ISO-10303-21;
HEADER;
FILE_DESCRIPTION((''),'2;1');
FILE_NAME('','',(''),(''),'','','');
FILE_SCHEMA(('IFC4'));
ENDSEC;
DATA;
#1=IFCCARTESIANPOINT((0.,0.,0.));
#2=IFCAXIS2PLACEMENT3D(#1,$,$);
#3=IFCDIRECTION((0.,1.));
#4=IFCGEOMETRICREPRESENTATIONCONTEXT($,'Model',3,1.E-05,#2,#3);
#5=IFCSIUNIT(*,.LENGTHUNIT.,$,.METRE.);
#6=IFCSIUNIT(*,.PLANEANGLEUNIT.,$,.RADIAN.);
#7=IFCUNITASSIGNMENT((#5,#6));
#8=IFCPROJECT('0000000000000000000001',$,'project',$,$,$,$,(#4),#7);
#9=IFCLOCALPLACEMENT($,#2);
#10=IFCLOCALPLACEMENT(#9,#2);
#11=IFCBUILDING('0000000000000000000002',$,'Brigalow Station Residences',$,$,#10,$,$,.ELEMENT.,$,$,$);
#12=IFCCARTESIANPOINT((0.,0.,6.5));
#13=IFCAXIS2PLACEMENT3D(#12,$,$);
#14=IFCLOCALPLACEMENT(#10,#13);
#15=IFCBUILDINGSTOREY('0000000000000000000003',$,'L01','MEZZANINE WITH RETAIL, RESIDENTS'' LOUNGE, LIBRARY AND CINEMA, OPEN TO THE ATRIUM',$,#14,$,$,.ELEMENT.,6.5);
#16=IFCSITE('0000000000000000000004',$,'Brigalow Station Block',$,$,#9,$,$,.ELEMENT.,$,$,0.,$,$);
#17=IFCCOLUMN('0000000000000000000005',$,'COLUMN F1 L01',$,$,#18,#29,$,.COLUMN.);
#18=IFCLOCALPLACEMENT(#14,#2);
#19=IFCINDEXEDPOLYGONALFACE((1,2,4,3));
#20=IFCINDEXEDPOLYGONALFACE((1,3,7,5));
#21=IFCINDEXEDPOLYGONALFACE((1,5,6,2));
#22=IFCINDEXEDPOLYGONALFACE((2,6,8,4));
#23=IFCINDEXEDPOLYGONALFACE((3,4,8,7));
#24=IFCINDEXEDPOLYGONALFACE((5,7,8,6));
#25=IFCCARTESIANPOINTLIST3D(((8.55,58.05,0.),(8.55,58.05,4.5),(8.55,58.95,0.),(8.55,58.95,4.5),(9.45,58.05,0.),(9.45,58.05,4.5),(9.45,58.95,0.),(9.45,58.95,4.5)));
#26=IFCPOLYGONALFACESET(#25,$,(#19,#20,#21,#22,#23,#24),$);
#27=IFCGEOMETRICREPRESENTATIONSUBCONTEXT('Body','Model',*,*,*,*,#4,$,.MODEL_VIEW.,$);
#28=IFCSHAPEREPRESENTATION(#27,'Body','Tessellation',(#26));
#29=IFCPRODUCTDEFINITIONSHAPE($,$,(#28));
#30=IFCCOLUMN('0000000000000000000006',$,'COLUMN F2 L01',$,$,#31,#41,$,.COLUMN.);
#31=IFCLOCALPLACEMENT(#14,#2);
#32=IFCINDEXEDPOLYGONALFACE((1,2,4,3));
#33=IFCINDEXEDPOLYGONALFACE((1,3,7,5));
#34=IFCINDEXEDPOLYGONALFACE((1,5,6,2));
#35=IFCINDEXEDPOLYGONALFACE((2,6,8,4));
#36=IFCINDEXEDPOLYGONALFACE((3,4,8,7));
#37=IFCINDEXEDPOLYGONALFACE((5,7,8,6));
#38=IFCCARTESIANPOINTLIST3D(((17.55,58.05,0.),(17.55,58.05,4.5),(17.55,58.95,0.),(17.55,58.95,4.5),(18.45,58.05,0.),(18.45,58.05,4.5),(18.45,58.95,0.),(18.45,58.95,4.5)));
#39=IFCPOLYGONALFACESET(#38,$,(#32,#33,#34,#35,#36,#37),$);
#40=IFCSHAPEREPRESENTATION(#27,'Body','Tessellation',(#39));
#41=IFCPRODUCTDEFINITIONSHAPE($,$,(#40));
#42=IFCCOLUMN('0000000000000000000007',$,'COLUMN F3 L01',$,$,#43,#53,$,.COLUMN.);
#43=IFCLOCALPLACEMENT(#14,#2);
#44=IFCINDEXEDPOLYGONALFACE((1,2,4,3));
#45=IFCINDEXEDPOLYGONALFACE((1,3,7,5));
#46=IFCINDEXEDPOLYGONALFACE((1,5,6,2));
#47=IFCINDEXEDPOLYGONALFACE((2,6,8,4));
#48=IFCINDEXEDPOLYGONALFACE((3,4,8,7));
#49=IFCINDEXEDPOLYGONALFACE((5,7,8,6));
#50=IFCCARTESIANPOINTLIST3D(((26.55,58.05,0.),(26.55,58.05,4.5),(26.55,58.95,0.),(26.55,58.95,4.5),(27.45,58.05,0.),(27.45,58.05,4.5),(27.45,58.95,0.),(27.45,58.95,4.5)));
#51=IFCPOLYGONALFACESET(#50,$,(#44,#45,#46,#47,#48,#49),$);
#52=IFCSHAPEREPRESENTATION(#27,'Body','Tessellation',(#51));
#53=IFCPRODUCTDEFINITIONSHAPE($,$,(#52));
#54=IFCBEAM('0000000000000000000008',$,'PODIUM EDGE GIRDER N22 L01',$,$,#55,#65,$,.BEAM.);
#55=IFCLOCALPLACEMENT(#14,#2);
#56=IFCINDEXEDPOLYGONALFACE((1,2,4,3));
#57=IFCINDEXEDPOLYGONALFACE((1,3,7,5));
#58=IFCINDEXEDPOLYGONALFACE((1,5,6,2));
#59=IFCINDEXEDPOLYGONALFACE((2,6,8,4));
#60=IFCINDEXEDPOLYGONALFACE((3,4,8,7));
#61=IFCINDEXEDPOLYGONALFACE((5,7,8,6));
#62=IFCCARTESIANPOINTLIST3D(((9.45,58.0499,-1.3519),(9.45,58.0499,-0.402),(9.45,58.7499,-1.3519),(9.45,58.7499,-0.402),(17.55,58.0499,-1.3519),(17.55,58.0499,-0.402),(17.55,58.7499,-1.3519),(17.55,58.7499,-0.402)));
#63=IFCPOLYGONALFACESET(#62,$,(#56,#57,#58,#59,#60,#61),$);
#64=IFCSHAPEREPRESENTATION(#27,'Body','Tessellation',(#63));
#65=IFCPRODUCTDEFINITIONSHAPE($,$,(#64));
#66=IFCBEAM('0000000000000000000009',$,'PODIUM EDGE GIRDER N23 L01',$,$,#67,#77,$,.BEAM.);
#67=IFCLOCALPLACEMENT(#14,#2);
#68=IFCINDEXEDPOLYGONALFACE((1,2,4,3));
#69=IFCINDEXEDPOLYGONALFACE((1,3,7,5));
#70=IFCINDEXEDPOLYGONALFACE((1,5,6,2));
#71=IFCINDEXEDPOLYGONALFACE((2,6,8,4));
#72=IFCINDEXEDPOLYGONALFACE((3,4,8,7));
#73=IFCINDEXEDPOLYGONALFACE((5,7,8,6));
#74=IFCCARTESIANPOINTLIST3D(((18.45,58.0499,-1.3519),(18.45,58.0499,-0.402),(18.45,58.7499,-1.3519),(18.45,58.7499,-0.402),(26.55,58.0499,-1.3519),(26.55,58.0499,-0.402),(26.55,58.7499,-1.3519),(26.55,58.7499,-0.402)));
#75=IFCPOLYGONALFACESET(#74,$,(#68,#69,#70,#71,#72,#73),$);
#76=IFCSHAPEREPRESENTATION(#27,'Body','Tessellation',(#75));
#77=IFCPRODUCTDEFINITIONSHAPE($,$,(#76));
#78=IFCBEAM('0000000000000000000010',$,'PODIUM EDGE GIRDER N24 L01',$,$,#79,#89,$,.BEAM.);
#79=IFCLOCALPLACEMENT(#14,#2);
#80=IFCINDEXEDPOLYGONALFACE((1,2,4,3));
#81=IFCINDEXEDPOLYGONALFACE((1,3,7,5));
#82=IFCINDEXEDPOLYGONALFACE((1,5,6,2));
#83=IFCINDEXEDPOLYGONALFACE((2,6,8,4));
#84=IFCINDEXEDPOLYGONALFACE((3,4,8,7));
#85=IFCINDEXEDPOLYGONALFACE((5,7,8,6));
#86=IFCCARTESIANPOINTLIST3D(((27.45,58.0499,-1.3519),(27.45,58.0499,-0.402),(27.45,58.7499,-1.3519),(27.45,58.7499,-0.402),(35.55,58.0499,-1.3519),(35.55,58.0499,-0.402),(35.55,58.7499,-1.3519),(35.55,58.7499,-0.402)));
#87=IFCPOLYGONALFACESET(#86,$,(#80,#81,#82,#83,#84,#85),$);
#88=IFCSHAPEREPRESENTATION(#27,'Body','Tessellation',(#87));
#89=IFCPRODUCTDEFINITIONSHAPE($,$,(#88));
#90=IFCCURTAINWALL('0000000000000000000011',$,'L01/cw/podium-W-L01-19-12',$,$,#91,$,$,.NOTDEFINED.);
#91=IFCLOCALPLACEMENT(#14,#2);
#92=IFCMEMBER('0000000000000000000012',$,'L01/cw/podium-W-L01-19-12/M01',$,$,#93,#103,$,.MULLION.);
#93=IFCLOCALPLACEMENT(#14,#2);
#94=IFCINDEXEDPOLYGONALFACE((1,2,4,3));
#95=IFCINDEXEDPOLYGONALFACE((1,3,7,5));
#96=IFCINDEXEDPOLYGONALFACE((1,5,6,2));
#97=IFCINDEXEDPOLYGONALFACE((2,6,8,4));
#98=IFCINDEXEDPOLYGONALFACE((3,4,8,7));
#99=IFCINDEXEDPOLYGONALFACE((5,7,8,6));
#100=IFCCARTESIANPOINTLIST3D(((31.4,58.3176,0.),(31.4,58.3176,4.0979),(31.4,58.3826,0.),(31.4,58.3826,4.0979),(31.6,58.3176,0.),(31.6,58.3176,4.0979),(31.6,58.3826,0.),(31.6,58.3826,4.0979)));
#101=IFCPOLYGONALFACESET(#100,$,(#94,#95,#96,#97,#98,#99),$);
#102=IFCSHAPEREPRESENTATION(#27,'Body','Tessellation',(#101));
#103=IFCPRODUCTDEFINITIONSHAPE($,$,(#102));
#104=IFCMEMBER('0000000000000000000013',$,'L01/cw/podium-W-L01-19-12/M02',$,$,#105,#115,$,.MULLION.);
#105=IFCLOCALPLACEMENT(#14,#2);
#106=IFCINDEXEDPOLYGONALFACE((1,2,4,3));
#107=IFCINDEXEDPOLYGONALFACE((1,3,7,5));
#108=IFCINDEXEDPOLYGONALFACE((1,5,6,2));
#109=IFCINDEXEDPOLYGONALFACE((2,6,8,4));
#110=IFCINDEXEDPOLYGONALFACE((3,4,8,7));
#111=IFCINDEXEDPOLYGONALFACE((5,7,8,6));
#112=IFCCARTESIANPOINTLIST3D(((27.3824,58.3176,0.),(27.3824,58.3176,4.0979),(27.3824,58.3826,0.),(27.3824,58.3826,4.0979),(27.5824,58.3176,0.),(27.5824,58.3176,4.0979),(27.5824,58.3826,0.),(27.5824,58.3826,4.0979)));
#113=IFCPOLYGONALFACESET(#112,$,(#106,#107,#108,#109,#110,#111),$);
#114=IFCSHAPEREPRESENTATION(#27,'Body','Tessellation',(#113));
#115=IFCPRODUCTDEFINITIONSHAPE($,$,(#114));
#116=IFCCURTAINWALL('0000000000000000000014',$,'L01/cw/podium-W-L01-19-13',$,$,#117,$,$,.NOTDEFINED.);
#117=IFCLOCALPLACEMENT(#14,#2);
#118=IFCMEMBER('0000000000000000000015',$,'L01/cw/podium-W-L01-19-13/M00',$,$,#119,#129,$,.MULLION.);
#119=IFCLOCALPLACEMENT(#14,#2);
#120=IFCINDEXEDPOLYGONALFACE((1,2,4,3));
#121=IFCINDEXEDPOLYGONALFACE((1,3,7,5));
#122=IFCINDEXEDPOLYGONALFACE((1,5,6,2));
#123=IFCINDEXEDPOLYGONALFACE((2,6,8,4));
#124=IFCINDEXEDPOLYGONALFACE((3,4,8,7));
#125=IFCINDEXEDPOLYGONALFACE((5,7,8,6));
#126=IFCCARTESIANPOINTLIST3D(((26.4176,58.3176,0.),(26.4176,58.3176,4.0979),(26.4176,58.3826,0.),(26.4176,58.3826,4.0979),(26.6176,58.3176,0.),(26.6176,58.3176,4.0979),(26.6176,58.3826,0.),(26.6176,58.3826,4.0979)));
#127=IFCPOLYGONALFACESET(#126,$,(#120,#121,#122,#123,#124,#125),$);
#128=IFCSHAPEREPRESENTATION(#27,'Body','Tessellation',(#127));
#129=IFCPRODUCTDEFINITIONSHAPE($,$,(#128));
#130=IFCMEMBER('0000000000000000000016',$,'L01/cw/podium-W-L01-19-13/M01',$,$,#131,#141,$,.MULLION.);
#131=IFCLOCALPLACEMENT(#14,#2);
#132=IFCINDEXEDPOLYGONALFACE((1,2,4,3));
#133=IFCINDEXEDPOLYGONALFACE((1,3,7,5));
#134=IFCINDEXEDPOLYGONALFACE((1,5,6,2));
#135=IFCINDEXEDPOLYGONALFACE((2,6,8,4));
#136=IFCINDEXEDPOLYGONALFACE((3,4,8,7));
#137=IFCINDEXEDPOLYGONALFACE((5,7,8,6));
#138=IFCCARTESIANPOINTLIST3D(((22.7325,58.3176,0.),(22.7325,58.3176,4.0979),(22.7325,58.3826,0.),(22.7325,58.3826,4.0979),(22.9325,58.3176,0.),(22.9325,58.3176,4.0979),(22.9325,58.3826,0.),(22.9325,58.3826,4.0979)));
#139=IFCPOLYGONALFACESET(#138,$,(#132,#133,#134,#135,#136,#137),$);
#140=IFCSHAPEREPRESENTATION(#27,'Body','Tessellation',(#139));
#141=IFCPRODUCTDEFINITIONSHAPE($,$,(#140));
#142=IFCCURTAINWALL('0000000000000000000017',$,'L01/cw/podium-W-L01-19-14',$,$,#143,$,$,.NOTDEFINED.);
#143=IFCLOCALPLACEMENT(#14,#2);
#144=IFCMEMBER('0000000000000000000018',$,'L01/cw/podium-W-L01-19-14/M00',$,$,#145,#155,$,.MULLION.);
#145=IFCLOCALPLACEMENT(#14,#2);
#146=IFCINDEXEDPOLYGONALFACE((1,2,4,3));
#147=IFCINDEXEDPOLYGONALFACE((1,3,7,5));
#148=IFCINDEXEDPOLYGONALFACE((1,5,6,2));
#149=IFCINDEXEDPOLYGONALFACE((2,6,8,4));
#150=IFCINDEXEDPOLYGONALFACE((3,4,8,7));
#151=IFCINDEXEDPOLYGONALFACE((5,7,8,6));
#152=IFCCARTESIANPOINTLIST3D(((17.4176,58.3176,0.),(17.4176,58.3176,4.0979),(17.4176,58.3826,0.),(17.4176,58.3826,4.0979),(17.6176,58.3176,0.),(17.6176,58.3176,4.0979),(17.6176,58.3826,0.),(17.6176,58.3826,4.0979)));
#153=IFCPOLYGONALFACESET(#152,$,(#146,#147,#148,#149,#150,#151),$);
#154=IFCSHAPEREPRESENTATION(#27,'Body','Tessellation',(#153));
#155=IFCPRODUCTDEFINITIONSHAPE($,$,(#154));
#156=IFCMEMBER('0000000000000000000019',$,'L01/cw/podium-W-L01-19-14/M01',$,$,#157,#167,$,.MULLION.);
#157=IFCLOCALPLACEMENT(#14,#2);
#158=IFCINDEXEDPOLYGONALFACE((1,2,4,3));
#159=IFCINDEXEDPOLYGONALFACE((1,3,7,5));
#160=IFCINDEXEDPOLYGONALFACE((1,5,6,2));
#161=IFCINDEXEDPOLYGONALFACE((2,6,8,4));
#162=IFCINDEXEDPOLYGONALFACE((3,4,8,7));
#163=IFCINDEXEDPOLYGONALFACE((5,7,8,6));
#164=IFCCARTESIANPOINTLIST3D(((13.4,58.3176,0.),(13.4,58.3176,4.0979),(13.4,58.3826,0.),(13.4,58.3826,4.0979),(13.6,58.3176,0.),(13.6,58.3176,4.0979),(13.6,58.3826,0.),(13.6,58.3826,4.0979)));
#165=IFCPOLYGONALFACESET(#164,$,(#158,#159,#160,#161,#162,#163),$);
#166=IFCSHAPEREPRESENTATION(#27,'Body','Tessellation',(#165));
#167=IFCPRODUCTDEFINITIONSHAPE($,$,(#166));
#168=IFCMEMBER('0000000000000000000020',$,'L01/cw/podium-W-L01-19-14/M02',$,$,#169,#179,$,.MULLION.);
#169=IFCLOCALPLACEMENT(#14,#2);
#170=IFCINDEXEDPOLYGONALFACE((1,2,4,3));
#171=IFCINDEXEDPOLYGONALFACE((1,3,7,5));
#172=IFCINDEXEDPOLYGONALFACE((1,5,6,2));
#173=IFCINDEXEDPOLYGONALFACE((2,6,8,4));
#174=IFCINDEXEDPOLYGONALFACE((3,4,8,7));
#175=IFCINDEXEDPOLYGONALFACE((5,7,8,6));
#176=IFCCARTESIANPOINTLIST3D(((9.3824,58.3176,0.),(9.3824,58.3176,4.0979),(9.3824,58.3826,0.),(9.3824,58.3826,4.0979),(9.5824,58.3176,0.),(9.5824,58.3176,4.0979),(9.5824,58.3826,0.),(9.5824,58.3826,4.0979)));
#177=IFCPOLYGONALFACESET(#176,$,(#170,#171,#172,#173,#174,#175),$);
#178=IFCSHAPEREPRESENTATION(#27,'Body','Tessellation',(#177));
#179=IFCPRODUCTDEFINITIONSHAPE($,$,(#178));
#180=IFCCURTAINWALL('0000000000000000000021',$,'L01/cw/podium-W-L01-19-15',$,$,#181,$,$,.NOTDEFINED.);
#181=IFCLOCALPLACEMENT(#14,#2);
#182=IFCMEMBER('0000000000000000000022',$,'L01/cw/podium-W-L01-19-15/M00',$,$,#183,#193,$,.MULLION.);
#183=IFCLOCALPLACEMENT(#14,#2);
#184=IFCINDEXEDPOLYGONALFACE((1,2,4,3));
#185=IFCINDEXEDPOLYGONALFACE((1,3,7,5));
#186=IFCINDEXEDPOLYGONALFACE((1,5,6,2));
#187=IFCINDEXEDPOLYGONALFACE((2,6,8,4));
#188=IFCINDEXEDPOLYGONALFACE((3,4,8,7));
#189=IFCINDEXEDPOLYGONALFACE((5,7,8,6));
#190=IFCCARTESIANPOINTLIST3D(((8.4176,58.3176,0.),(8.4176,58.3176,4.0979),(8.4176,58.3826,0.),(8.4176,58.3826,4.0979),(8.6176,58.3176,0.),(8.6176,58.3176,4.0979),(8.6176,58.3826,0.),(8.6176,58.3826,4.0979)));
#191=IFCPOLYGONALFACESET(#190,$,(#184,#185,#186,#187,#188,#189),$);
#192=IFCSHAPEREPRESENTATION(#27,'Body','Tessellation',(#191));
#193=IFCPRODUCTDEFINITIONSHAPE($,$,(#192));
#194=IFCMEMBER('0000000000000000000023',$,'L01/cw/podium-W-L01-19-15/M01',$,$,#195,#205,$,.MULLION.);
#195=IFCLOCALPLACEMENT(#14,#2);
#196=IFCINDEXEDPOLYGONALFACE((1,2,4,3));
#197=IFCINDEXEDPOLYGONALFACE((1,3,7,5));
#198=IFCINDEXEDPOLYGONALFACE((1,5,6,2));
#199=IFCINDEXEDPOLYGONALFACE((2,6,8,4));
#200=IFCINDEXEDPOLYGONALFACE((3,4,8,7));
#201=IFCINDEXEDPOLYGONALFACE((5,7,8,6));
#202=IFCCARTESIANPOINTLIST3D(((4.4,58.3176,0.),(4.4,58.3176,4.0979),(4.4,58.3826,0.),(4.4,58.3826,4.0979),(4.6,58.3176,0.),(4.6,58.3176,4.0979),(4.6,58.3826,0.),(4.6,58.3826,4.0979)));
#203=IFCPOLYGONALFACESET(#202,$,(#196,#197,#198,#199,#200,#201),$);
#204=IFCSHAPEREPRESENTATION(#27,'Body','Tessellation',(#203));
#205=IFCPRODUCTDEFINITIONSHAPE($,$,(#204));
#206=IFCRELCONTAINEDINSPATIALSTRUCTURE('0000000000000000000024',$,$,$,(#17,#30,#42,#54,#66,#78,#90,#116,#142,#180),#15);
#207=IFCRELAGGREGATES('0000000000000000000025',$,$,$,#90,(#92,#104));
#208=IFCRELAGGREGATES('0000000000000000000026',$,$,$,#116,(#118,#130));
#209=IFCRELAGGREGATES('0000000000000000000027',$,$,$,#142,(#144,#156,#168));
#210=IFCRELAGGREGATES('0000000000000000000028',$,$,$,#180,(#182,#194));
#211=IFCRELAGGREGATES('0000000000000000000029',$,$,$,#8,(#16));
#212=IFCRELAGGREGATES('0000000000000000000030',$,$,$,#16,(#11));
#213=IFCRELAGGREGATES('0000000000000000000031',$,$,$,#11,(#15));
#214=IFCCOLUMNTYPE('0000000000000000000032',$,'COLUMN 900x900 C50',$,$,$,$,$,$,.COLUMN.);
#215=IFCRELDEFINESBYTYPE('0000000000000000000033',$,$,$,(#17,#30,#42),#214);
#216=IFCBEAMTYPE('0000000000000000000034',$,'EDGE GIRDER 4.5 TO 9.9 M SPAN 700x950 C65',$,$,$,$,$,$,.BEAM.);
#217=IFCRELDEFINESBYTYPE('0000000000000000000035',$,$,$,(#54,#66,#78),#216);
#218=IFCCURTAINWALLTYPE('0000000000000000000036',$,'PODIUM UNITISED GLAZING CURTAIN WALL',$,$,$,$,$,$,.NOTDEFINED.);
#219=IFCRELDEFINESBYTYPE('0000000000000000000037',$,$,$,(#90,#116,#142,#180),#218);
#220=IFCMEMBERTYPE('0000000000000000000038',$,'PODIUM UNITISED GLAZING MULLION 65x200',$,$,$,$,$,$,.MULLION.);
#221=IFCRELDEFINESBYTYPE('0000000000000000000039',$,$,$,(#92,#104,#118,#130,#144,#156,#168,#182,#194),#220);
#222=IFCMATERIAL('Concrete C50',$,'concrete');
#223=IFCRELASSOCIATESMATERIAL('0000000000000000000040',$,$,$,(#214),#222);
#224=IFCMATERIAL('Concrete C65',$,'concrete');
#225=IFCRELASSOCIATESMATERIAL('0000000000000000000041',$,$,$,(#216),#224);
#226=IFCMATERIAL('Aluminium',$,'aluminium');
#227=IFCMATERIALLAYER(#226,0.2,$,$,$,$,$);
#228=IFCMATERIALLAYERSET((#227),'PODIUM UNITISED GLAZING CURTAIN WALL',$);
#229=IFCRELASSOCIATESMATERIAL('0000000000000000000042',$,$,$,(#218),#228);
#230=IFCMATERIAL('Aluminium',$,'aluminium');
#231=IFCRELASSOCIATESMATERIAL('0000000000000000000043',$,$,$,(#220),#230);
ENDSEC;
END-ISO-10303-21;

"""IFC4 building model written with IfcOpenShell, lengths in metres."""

from ifc_helpers import new_model, si_unit, direction, frame, origin, origin_2d, place, context, subcontext, project, spatial, rectangle, extrude, material, layer, layer_set, material_profile, profile_set, type_object, element, aggregate, save


model = new_model("IFC4")

# Units and contexts
model_context = context("Model", 3, precision=1e-05, world=origin(), true_north=direction((0.0, 1.0)))
body_context = subcontext(model_context, "Body", "Model", "MODEL_VIEW")
ifc_project = project(units=[si_unit("LENGTHUNIT", "METRE"), si_unit("PLANEANGLEUNIT", "RADIAN")], contexts=[model_context])

# Site, building, storey
site_placement = place(None, origin())
site = spatial("IfcSite", under=ifc_project, at=site_placement, Name="Brigalow Station Block", CompositionType="ELEMENT", RefElevation=0.0)
building_placement = place(site_placement, origin())
building = spatial("IfcBuilding", under=site, at=building_placement, Name="Brigalow Station Residences", CompositionType="ELEMENT")
storey_placement = place(building_placement, frame((0.0, 0.0, 6.5)))
storey = spatial("IfcBuildingStorey", under=building, at=storey_placement, Name="L01", Description="MEZZANINE WITH RETAIL, RESIDENTS' LOUNGE, LIBRARY AND CINEMA, OPEN TO THE ATRIUM", CompositionType="ELEMENT", Elevation=6.5)

# Columns
ifc_material_1 = material(Name="Concrete C50", Category="concrete")
ifc_material_profile_1 = material_profile(ifc_material_1, rectangle(XDim=0.8999, YDim=0.8999, at=origin_2d()), Name="RC900x900")
ifc_profile_set_1 = profile_set([ifc_material_profile_1], Name="Concrete C50")
column_type = type_object("IfcColumnType", Name="COLUMN 900x900 C50", PredefinedType="COLUMN", material=ifc_profile_set_1)
for number, where, z_axis, x_axis, name in (
    (1, (9.0, 58.5, 0.0), (0.0, 0.0, 1.0), (1.0, 0.0, 0.0), "COLUMN F1 L01"),
    (2, (18.0, 58.5, 0.0), (0.0, 0.0, 1.0), (1.0, 0.0, 0.0), "COLUMN F2 L01"),
    (3, (27.0, 58.5, 0.0), (0.0, 0.0, 1.0), (1.0, 0.0, 0.0), "COLUMN F3 L01"),
):
    element("IfcColumn", number, at=place(storey_placement, frame(where, z_axis=z_axis, x_axis=x_axis)), inside=storey, type_object=column_type, Name=name, PredefinedType="COLUMN", context=body_context, shape_type="SweptSolid", body=[
        extrude(rectangle(XDim=0.8999, YDim=0.8999, at=origin_2d()), origin(), (0.0, 0.0, 1.0), 4.5),
    ])

# Beams
ifc_material_2 = material(Name="Concrete C65", Category="concrete")
ifc_material_profile_2 = material_profile(ifc_material_2, rectangle(XDim=0.7, YDim=0.95, at=origin_2d()), Name="RC700x950")
ifc_profile_set_2 = profile_set([ifc_material_profile_2], Name="Concrete C65")
beam_type = type_object("IfcBeamType", Name="EDGE GIRDER 4.5 TO 9.9 M SPAN 700x950 C65", PredefinedType="BEAM", material=ifc_profile_set_2)
for number, where, z_axis, x_axis, name in (
    (4, (9.45, 58.3999, -0.877), (1.0, 0.0, 0.0), (0.0, 1.0, 0.0), "PODIUM EDGE GIRDER N22 L01"),
    (5, (18.45, 58.3999, -0.877), (1.0, 0.0, 0.0), (0.0, 1.0, 0.0), "PODIUM EDGE GIRDER N23 L01"),
    (6, (27.45, 58.3999, -0.877), (1.0, 0.0, 0.0), (0.0, 1.0, 0.0), "PODIUM EDGE GIRDER N24 L01"),
):
    element("IfcBeam", number, at=place(storey_placement, frame(where, z_axis=z_axis, x_axis=x_axis)), inside=storey, type_object=beam_type, Name=name, PredefinedType="BEAM", context=body_context, shape_type="SweptSolid", body=[
        extrude(rectangle(XDim=0.7, YDim=0.95, at=origin_2d()), origin(), (0.0, 0.0, 1.0), 8.1001),
    ])

# Curtain walls, members
ifc_material_3 = material(Name="Aluminium", Category="aluminium")
ifc_layer_1 = layer(ifc_material_3, 0.2)
ifc_layer_set_1 = layer_set([ifc_layer_1], Name="PODIUM UNITISED GLAZING CURTAIN WALL")
curtain_wall_type = type_object("IfcCurtainWallType", Name="PODIUM UNITISED GLAZING CURTAIN WALL", PredefinedType="NOTDEFINED", material=ifc_layer_set_1)
curtain_wall_1_placement = place(storey_placement, origin())
curtain_wall_1 = element("IfcCurtainWall", 7, at=curtain_wall_1_placement, inside=storey, type_object=curtain_wall_type, Name="L01/cw/podium-W-L01-19-12", PredefinedType="NOTDEFINED")
ifc_material_4 = material(Name="Aluminium", Category="aluminium")
ifc_material_profile_3 = material_profile(ifc_material_4, rectangle(XDim=0.0649, YDim=0.2, at=origin_2d()), Name="PODIUM UNITISED GLAZING MULLION 65x200")
ifc_profile_set_3 = profile_set([ifc_material_profile_3], Name="Aluminium")
member_type_1 = type_object("IfcMemberType", Name="PODIUM UNITISED GLAZING MULLION 65x200", PredefinedType="MULLION", material=ifc_profile_set_3)
member_1_placement = place(storey_placement, frame((31.5, 58.3501, 0.0), z_axis=(0.0, 0.0, 1.0), x_axis=(0.0, -1.0, 0.0)))
member_1 = element("IfcMember", 8, at=member_1_placement, type_object=member_type_1, Name="L01/cw/podium-W-L01-19-12/M01", PredefinedType="MULLION", context=body_context, shape_type="SweptSolid", body=[
    extrude(rectangle(XDim=0.0649, YDim=0.2, at=origin_2d()), origin(), (0.0, 0.0, 1.0), 4.0979),
])
member_2_placement = place(storey_placement, frame((27.4824, 58.3501, 0.0), z_axis=(0.0, 0.0, 1.0), x_axis=(0.0, -1.0, 0.0)))
member_2 = element("IfcMember", 9, at=member_2_placement, type_object=member_type_1, Name="L01/cw/podium-W-L01-19-12/M02", PredefinedType="MULLION", context=body_context, shape_type="SweptSolid", body=[
    extrude(rectangle(XDim=0.0649, YDim=0.2, at=origin_2d()), origin(), (0.0, 0.0, 1.0), 4.0979),
])
curtain_wall_2_placement = place(storey_placement, origin())
curtain_wall_2 = element("IfcCurtainWall", 10, at=curtain_wall_2_placement, inside=storey, type_object=curtain_wall_type, Name="L01/cw/podium-W-L01-19-13", PredefinedType="NOTDEFINED")
member_3_placement = place(storey_placement, frame((26.5176, 58.3501, 0.0), z_axis=(0.0, 0.0, 1.0), x_axis=(0.0, -1.0, 0.0)))
member_3 = element("IfcMember", 11, at=member_3_placement, type_object=member_type_1, Name="L01/cw/podium-W-L01-19-13/M00", PredefinedType="MULLION", context=body_context, shape_type="SweptSolid", body=[
    extrude(rectangle(XDim=0.0649, YDim=0.2, at=origin_2d()), origin(), (0.0, 0.0, 1.0), 4.0979),
])
member_4_placement = place(storey_placement, frame((22.8325, 58.3501, 0.0), z_axis=(0.0, 0.0, 1.0), x_axis=(0.0, -1.0, 0.0)))
member_4 = element("IfcMember", 12, at=member_4_placement, type_object=member_type_1, Name="L01/cw/podium-W-L01-19-13/M01", PredefinedType="MULLION", context=body_context, shape_type="SweptSolid", body=[
    extrude(rectangle(XDim=0.0649, YDim=0.2, at=origin_2d()), origin(), (0.0, 0.0, 1.0), 4.0979),
])
curtain_wall_3_placement = place(storey_placement, origin())
curtain_wall_3 = element("IfcCurtainWall", 13, at=curtain_wall_3_placement, inside=storey, type_object=curtain_wall_type, Name="L01/cw/podium-W-L01-19-14", PredefinedType="NOTDEFINED")
member_5_placement = place(storey_placement, frame((17.5176, 58.3501, 0.0), z_axis=(0.0, 0.0, 1.0), x_axis=(0.0, -1.0, 0.0)))
member_5 = element("IfcMember", 14, at=member_5_placement, type_object=member_type_1, Name="L01/cw/podium-W-L01-19-14/M00", PredefinedType="MULLION", context=body_context, shape_type="SweptSolid", body=[
    extrude(rectangle(XDim=0.0649, YDim=0.2, at=origin_2d()), origin(), (0.0, 0.0, 1.0), 4.0979),
])
member_6_placement = place(storey_placement, frame((13.5, 58.3501, 0.0), z_axis=(0.0, 0.0, 1.0), x_axis=(0.0, -1.0, 0.0)))
member_6 = element("IfcMember", 15, at=member_6_placement, type_object=member_type_1, Name="L01/cw/podium-W-L01-19-14/M01", PredefinedType="MULLION", context=body_context, shape_type="SweptSolid", body=[
    extrude(rectangle(XDim=0.0649, YDim=0.2, at=origin_2d()), origin(), (0.0, 0.0, 1.0), 4.0979),
])
member_7_placement = place(storey_placement, frame((9.4824, 58.3501, 0.0), z_axis=(0.0, 0.0, 1.0), x_axis=(0.0, -1.0, 0.0)))
member_7 = element("IfcMember", 16, at=member_7_placement, type_object=member_type_1, Name="L01/cw/podium-W-L01-19-14/M02", PredefinedType="MULLION", context=body_context, shape_type="SweptSolid", body=[
    extrude(rectangle(XDim=0.0649, YDim=0.2, at=origin_2d()), origin(), (0.0, 0.0, 1.0), 4.0979),
])
curtain_wall_4_placement = place(storey_placement, origin())
curtain_wall_4 = element("IfcCurtainWall", 17, at=curtain_wall_4_placement, inside=storey, type_object=curtain_wall_type, Name="L01/cw/podium-W-L01-19-15", PredefinedType="NOTDEFINED")
member_8_placement = place(storey_placement, frame((8.5176, 58.3501, 0.0), z_axis=(0.0, 0.0, 1.0), x_axis=(0.0, -1.0, 0.0)))
member_8 = element("IfcMember", 18, at=member_8_placement, type_object=member_type_1, Name="L01/cw/podium-W-L01-19-15/M00", PredefinedType="MULLION", context=body_context, shape_type="SweptSolid", body=[
    extrude(rectangle(XDim=0.0649, YDim=0.2, at=origin_2d()), origin(), (0.0, 0.0, 1.0), 4.0979),
])
member_9_placement = place(storey_placement, frame((4.5, 58.3501, 0.0), z_axis=(0.0, 0.0, 1.0), x_axis=(0.0, -1.0, 0.0)))
member_9 = element("IfcMember", 19, at=member_9_placement, type_object=member_type_1, Name="L01/cw/podium-W-L01-19-15/M01", PredefinedType="MULLION", context=body_context, shape_type="SweptSolid", body=[
    extrude(rectangle(XDim=0.0649, YDim=0.2, at=origin_2d()), origin(), (0.0, 0.0, 1.0), 4.0979),
])

aggregate(curtain_wall_1, [member_1, member_2])
aggregate(curtain_wall_2, [member_3, member_4])
aggregate(curtain_wall_3, [member_5, member_6, member_7])
aggregate(curtain_wall_4, [member_8, member_9])

save(model, "model.ifc")
